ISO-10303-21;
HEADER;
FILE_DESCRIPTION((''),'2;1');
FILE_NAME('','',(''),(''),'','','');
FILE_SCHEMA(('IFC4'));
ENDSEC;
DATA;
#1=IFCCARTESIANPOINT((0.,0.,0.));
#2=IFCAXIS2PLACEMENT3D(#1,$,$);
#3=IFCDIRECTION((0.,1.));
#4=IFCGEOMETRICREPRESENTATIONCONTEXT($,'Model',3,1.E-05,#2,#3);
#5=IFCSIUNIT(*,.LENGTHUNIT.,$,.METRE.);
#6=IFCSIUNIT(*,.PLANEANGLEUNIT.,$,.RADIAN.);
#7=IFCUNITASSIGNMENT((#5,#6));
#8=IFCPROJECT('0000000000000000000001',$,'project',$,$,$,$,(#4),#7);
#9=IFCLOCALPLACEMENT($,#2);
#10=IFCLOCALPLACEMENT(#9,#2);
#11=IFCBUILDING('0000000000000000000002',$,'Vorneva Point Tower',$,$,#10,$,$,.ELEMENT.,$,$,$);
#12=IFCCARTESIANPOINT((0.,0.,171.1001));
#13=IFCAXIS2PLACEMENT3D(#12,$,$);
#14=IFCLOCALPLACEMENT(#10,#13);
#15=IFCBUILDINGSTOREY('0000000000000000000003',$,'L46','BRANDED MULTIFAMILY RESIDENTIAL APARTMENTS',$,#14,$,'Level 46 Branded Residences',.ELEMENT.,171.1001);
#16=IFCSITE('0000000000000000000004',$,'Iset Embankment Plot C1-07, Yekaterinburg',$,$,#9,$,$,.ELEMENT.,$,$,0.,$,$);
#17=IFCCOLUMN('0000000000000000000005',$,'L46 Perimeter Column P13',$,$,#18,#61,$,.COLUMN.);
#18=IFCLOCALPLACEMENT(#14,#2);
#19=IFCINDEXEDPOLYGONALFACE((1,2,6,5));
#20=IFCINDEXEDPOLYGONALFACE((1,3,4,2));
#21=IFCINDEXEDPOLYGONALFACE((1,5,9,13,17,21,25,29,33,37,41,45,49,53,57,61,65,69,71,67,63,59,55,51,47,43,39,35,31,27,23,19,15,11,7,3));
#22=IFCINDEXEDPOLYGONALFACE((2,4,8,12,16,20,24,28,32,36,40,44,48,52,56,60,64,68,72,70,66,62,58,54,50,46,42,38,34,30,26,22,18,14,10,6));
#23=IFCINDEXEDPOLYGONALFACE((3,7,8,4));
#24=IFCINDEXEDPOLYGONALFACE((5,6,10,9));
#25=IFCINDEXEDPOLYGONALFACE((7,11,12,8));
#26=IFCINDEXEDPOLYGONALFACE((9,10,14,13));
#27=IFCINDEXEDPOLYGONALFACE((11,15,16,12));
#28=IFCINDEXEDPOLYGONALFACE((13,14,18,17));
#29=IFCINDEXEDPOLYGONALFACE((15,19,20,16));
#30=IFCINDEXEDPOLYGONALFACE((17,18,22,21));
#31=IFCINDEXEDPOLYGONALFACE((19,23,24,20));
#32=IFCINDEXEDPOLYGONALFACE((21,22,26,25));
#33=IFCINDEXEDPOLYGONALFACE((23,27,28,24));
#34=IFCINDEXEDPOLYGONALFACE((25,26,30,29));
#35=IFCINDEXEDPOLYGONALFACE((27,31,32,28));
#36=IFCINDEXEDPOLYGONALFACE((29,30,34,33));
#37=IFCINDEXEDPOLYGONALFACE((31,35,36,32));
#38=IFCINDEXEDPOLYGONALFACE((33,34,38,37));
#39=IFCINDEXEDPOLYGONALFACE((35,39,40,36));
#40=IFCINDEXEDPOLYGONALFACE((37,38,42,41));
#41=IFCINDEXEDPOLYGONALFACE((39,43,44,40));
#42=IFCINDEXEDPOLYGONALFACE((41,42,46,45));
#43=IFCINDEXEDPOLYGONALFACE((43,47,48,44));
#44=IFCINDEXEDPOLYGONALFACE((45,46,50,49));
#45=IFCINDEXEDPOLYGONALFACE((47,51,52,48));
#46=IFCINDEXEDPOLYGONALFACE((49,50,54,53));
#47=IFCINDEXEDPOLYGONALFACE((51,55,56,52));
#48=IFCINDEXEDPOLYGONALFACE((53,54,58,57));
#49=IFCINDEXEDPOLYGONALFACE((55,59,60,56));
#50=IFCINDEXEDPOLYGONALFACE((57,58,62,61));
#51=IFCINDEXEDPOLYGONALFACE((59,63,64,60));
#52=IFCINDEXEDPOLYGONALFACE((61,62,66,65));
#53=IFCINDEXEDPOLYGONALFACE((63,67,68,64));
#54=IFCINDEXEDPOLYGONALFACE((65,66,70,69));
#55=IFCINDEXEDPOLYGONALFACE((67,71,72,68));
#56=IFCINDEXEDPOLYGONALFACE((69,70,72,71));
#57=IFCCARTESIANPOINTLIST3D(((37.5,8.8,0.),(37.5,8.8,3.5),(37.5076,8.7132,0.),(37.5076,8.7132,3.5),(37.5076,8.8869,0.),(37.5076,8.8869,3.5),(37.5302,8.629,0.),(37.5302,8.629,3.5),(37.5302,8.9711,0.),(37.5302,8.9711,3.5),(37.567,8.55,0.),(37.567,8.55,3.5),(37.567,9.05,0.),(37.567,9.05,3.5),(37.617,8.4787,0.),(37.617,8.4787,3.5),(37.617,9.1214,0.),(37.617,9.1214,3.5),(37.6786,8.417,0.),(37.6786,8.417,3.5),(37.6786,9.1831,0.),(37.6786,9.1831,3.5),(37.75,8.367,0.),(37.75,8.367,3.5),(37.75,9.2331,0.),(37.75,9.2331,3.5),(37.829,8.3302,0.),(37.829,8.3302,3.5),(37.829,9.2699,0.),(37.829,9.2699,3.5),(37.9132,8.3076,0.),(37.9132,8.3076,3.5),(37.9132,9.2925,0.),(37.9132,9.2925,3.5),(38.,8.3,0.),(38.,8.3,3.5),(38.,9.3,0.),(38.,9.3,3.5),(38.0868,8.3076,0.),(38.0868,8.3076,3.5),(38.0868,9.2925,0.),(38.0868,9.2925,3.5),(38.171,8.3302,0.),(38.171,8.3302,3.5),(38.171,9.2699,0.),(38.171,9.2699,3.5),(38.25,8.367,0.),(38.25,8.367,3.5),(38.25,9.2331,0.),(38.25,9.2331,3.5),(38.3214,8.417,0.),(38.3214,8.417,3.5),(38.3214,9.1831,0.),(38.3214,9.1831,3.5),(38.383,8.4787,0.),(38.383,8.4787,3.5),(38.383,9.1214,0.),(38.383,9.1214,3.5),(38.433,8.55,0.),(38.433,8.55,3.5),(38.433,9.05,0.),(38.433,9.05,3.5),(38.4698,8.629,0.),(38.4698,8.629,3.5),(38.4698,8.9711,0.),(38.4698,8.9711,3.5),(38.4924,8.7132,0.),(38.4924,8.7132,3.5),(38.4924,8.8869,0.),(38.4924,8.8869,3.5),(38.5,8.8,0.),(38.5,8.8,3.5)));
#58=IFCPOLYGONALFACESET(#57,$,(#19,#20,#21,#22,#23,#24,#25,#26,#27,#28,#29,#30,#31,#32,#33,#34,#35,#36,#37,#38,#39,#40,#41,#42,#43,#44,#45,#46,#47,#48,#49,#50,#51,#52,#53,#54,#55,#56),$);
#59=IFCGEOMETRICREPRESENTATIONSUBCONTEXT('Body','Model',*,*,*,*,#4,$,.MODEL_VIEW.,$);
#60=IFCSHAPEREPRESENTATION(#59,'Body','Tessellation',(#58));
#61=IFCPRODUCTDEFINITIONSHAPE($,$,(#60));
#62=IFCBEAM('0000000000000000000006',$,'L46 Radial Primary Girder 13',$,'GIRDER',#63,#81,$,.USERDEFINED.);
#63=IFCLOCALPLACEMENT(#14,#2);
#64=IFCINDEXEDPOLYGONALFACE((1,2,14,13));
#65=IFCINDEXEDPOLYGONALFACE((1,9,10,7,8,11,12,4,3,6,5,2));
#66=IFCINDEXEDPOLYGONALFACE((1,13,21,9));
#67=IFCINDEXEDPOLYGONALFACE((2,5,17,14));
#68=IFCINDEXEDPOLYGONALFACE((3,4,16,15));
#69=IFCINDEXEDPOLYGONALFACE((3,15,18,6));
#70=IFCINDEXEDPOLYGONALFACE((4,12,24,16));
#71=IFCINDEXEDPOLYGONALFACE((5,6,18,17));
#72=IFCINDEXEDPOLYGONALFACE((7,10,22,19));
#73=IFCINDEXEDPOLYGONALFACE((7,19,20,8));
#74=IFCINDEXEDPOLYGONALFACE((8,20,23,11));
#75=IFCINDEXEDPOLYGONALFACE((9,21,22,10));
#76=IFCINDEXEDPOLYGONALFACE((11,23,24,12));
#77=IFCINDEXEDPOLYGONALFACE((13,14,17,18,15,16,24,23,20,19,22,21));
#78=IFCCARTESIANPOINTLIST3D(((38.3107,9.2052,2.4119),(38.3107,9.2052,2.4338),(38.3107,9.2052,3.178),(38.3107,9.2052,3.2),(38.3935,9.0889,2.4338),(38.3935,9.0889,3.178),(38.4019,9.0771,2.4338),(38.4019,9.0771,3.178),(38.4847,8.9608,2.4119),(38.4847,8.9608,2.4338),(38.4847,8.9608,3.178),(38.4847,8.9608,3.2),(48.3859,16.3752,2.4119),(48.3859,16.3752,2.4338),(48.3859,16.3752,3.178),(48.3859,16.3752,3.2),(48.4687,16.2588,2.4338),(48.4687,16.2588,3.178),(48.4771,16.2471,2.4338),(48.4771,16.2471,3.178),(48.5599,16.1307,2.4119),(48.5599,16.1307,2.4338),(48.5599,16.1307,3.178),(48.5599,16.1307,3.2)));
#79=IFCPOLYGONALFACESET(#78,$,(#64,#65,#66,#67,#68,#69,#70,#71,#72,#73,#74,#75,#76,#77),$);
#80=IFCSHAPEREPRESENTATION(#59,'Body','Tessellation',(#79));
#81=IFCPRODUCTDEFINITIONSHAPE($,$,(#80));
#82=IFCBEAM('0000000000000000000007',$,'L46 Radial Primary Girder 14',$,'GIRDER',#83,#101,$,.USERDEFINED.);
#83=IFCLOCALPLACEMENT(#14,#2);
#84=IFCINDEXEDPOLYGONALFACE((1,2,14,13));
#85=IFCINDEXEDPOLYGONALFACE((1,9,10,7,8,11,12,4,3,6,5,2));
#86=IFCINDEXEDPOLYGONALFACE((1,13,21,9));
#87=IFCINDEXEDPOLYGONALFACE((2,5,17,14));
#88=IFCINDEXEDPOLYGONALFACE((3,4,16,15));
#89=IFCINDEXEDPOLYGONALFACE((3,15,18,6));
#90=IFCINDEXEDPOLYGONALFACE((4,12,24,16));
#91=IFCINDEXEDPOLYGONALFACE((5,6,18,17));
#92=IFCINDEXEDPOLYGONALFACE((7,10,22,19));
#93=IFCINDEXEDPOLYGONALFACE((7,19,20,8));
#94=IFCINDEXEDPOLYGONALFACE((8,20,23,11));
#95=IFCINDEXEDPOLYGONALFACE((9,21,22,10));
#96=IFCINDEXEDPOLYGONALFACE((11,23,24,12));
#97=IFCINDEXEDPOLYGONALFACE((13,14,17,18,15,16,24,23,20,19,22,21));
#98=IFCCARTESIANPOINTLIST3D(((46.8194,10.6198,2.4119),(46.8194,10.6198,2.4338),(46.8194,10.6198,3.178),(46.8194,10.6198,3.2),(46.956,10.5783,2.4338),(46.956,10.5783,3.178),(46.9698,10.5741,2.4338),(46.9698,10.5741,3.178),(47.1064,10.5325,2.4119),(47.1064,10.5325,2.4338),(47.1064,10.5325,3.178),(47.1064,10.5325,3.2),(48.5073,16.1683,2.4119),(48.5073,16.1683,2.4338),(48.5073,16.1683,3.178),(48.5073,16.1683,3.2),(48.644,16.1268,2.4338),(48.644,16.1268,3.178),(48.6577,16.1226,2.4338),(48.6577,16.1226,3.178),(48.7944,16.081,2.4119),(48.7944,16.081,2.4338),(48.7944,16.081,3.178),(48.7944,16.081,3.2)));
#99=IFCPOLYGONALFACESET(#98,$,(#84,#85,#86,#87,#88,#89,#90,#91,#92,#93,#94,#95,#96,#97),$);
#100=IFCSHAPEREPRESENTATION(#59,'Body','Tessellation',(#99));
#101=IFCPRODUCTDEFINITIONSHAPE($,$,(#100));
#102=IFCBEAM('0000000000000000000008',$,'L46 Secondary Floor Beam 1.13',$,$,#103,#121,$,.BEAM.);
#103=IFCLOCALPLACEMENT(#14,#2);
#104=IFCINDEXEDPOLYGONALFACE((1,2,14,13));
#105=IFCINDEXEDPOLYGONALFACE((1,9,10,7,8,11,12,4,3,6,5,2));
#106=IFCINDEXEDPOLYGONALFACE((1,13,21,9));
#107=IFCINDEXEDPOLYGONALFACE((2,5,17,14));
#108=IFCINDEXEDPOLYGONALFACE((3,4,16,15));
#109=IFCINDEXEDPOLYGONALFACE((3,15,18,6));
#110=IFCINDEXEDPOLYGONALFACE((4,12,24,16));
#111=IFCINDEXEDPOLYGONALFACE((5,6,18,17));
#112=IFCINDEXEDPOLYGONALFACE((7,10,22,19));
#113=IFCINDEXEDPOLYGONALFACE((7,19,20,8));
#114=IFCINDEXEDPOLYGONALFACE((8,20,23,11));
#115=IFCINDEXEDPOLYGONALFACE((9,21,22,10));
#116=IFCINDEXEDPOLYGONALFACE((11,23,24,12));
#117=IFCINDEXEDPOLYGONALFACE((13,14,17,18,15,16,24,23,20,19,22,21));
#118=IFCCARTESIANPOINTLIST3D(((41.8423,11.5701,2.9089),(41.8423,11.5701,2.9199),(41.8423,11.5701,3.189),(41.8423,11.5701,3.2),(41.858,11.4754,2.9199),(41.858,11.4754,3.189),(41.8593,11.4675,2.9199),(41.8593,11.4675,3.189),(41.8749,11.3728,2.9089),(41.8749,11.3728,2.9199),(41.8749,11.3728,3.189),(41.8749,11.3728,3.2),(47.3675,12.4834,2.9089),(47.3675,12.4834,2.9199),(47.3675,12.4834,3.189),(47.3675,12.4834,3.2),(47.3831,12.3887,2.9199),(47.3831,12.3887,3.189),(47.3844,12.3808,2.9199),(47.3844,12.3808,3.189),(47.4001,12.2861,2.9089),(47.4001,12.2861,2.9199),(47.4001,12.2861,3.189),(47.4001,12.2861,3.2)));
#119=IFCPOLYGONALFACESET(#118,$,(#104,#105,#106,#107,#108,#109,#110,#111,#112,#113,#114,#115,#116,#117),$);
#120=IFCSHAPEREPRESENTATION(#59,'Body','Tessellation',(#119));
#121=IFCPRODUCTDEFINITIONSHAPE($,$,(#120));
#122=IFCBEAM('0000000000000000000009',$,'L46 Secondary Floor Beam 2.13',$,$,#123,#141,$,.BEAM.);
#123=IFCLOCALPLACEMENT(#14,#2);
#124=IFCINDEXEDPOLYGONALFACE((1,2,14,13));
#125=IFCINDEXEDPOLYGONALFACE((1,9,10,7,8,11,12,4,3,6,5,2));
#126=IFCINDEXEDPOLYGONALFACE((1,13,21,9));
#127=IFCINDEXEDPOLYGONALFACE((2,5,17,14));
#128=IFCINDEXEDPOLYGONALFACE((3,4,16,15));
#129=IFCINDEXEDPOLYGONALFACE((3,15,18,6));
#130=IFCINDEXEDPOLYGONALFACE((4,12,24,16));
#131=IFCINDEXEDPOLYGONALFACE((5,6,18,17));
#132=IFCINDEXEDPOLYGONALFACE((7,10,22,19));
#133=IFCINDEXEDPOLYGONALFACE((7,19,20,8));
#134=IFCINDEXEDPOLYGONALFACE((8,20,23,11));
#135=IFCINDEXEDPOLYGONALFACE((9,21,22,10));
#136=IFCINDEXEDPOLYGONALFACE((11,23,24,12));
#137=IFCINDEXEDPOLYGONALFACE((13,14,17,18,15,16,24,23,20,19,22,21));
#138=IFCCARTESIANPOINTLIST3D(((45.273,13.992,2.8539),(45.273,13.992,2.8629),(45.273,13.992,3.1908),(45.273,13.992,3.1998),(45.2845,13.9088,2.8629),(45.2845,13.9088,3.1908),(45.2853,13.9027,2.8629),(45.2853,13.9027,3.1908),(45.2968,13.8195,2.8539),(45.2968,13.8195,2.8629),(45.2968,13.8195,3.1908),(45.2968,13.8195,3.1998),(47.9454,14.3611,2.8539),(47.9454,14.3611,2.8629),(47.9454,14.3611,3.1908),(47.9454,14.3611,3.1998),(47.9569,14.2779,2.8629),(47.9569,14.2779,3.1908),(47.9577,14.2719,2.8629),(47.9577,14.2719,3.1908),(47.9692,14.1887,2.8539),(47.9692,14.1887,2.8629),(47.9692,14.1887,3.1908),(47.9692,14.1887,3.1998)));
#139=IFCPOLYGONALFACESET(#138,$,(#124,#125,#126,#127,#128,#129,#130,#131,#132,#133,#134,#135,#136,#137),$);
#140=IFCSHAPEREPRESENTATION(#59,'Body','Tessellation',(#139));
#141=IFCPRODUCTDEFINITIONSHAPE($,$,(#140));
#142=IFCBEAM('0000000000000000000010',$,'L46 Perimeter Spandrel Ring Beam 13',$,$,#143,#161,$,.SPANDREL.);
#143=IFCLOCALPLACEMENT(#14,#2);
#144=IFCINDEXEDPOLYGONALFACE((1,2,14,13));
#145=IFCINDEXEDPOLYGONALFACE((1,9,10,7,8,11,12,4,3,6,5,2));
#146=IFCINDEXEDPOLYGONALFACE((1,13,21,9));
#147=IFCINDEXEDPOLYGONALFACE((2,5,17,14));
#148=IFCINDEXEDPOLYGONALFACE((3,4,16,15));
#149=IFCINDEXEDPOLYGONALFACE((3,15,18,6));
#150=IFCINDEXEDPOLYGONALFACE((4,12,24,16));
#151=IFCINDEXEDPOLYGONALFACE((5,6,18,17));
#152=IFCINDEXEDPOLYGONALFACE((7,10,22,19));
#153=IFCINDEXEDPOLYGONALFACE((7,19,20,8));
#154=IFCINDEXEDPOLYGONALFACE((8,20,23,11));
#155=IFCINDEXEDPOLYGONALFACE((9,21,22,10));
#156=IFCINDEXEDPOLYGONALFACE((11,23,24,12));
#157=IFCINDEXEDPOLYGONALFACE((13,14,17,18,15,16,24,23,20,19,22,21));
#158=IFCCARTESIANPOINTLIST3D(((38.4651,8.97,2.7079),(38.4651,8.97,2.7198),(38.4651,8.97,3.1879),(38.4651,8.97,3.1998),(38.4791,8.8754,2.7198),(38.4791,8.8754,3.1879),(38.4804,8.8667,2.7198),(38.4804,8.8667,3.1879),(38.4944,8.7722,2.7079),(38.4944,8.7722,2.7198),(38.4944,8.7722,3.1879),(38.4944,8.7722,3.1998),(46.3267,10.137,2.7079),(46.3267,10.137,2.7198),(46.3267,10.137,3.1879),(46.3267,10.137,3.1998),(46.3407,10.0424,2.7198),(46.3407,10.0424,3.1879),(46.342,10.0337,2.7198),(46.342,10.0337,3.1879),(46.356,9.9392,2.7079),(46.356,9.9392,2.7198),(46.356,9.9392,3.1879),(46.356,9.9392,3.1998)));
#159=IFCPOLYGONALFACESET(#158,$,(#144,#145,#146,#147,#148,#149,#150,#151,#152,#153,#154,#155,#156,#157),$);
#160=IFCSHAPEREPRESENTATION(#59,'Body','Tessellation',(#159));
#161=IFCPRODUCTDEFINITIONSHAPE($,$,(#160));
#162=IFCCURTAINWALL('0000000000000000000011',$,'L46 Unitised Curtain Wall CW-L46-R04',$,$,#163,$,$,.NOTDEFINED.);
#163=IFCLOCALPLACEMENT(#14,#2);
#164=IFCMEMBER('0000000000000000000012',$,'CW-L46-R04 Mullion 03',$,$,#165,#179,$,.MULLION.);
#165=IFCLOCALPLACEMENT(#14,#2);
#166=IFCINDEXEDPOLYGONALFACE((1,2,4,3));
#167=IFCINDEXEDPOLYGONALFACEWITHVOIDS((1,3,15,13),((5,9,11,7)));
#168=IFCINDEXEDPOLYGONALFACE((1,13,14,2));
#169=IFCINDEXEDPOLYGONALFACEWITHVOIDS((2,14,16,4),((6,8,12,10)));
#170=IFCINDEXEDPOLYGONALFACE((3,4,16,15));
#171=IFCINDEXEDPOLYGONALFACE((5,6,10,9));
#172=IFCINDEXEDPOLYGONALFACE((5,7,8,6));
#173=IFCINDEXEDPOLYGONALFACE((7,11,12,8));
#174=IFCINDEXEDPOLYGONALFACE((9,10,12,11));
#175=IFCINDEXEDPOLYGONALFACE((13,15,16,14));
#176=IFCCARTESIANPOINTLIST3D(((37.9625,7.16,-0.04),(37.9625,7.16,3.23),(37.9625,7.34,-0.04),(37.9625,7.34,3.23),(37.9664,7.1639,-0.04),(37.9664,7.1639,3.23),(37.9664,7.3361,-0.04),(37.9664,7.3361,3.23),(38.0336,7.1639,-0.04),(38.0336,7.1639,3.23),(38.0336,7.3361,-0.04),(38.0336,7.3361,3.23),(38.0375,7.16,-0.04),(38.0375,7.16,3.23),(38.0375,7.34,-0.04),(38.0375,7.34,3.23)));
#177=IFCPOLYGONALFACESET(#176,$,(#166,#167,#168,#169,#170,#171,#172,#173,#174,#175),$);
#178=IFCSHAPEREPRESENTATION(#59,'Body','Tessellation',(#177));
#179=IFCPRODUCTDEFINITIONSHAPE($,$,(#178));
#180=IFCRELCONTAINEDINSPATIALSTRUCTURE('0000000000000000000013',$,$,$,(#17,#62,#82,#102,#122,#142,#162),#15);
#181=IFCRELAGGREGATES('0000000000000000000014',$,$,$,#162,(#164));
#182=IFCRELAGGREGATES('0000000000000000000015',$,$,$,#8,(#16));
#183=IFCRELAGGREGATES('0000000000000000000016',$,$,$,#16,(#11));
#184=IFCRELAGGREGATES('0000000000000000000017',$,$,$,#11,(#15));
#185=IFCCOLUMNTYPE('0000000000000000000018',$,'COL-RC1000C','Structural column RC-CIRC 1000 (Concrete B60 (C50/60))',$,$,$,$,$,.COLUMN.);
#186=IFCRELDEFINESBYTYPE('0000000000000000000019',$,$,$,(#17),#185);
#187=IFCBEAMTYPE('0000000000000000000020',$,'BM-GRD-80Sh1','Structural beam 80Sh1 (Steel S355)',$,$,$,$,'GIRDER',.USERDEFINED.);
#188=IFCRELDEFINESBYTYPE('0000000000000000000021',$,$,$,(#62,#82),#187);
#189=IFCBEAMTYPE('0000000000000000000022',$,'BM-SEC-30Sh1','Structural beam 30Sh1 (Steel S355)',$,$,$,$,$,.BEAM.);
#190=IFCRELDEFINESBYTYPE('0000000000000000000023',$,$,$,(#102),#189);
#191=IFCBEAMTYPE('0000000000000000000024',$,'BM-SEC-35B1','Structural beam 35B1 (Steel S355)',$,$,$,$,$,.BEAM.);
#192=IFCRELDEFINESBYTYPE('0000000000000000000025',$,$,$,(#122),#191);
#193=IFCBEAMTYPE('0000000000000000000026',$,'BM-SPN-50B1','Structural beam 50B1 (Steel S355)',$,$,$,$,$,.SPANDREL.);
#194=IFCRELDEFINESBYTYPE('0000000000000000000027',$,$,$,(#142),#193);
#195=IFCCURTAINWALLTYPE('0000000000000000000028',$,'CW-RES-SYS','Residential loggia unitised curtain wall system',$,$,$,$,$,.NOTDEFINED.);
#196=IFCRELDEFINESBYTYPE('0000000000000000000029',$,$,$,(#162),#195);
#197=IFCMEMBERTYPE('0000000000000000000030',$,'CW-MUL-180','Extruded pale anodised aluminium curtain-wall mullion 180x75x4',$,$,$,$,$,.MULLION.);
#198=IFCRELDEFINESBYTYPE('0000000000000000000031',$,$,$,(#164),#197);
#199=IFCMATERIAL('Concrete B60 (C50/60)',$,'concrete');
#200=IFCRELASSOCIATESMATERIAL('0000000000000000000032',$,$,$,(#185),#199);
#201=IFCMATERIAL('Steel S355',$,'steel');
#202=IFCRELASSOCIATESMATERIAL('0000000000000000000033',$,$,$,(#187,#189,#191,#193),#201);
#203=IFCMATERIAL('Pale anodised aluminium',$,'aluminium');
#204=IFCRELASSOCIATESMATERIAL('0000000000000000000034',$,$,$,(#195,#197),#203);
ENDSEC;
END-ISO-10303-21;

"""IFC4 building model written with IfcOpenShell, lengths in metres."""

from ifc_helpers import new_model, si_unit, direction, frame, origin, origin_2d, place, context, subcontext, project, spatial, hollow_rectangle, circle, i_section, extrude, material, material_profile, profile_set, type_object, element, aggregate, save


model = new_model("IFC4")

# Units and contexts
model_context = context("Model", 3, precision=1e-05, world=origin(), true_north=direction((0.0, 1.0)))
body_context = subcontext(model_context, "Body", "Model", "MODEL_VIEW")
ifc_project = project(units=[si_unit("LENGTHUNIT", "METRE"), si_unit("PLANEANGLEUNIT", "RADIAN")], contexts=[model_context])

# Site, building, storey
site_placement = place(None, origin())
site = spatial("IfcSite", under=ifc_project, at=site_placement, Name="Iset Embankment Plot C1-07, Yekaterinburg", CompositionType="ELEMENT", RefElevation=0.0)
building_placement = place(site_placement, origin())
building = spatial("IfcBuilding", under=site, at=building_placement, Name="Vorneva Point Tower", CompositionType="ELEMENT")
storey_placement = place(building_placement, frame((0.0, 0.0, 171.1001)))
storey = spatial("IfcBuildingStorey", under=building, at=storey_placement, Name="L46", Description="BRANDED MULTIFAMILY RESIDENTIAL APARTMENTS", LongName="Level 46 Branded Residences", CompositionType="ELEMENT", Elevation=171.1001)

# Column
ifc_material_1 = material(Name="Concrete B60 (C50/60)", Category="concrete")
ifc_material_profile_1 = material_profile(ifc_material_1, circle(Radius=0.5, at=origin_2d()), Name="RC-CIRC 1000")
ifc_profile_set_1 = profile_set([ifc_material_profile_1], Name="Concrete B60 (C50/60)")
column_type = type_object("IfcColumnType", Name="COL-RC1000C", Description="Structural column RC-CIRC 1000 (Concrete B60 (C50/60))", PredefinedType="COLUMN", material=ifc_profile_set_1)
for number, where, z_axis, x_axis, name in (
    (1, (38.0, 8.8, 0.0), (0.0, 0.0, 1.0), (0.0, -1.0, 0.0), "L46 Perimeter Column P13"),
):
    element("IfcColumn", number, at=place(storey_placement, frame(where, z_axis=z_axis, x_axis=x_axis)), inside=storey, type_object=column_type, Name=name, PredefinedType="COLUMN", context=body_context, shape_type="SweptSolid", body=[
        extrude(circle(Radius=0.5, at=origin_2d()), origin(), (0.0, 0.0, 1.0), 3.5),
    ])

# Beams
ifc_material_2 = material(Name="Steel S355", Category="steel")
ifc_material_profile_2 = material_profile(ifc_material_2, i_section(OverallWidth=0.3, OverallDepth=0.7881, WebThickness=0.0144, FlangeThickness=0.022, at=origin_2d()), Name="80Sh1")
ifc_profile_set_2 = profile_set([ifc_material_profile_2], Name="Steel S355")
beam_type_1 = type_object("IfcBeamType", Name="BM-GRD-80Sh1", Description="Structural beam 80Sh1 (Steel S355)", ElementType="GIRDER", PredefinedType="USERDEFINED", material=ifc_profile_set_2)
beam_1_placement = place(storey_placement, frame((38.3977, 9.083, 2.8059), z_axis=(0.814751, 0.57981, 0.0), x_axis=(-0.57981, 0.814751, 0.0)))
element("IfcBeam", 2, at=beam_1_placement, inside=storey, type_object=beam_type_1, Name="L46 Radial Primary Girder 13", ObjectType="GIRDER", PredefinedType="USERDEFINED", context=body_context, shape_type="SweptSolid", body=[
    extrude(i_section(OverallWidth=0.3, OverallDepth=0.7881, WebThickness=0.0144, FlangeThickness=0.022, at=origin_2d()), origin(), (0.0, 0.0, 1.0), 12.366),
])
beam_2_placement = place(storey_placement, frame((46.9629, 10.5762, 2.8059), z_axis=(0.291049, 0.956708, 0.0), x_axis=(-0.956708, 0.291049, 0.0)))
element("IfcBeam", 3, at=beam_2_placement, inside=storey, type_object=beam_type_1, Name="L46 Radial Primary Girder 14", ObjectType="GIRDER", PredefinedType="USERDEFINED", context=body_context, shape_type="SweptSolid", body=[
    extrude(i_section(OverallWidth=0.3, OverallDepth=0.7881, WebThickness=0.0144, FlangeThickness=0.022, at=origin_2d()), origin(), (0.0, 0.0, 1.0), 5.7996),
])
ifc_material_profile_3 = material_profile(ifc_material_2, i_section(OverallWidth=0.2, OverallDepth=0.291, WebThickness=0.0081, FlangeThickness=0.011, at=origin_2d()), Name="30Sh1")
ifc_profile_set_3 = profile_set([ifc_material_profile_3], Name="Steel S355")
beam_type_2 = type_object("IfcBeamType", Name="BM-SEC-30Sh1", Description="Structural beam 30Sh1 (Steel S355)", PredefinedType="BEAM", material=ifc_profile_set_3)
beam_3_placement = place(storey_placement, frame((41.8586, 11.4714, 3.0544), z_axis=(0.986611, 0.163091, 0.0), x_axis=(-0.163091, 0.986611, 0.0)))
element("IfcBeam", 4, at=beam_3_placement, inside=storey, type_object=beam_type_2, Name="L46 Secondary Floor Beam 1.13", PredefinedType="BEAM", context=body_context, shape_type="SweptSolid", body=[
    extrude(i_section(OverallWidth=0.2, OverallDepth=0.291, WebThickness=0.0081, FlangeThickness=0.011, at=origin_2d()), origin(), (0.0, 0.0, 1.0), 5.6001),
])
ifc_material_profile_4 = material_profile(ifc_material_2, i_section(OverallWidth=0.1741, OverallDepth=0.3459, WebThickness=0.0061, FlangeThickness=0.009, at=origin_2d()), Name="35B1")
ifc_profile_set_4 = profile_set([ifc_material_profile_4], Name="Steel S355")
beam_type_3 = type_object("IfcBeamType", Name="BM-SEC-35B1", Description="Structural beam 35B1 (Steel S355)", PredefinedType="BEAM", material=ifc_profile_set_4)
beam_4_placement = place(storey_placement, frame((45.2849, 13.9058, 3.0269), z_axis=(0.990594, 0.136833, 0.0), x_axis=(-0.136833, 0.990594, 0.0)))
element("IfcBeam", 5, at=beam_4_placement, inside=storey, type_object=beam_type_3, Name="L46 Secondary Floor Beam 2.13", PredefinedType="BEAM", context=body_context, shape_type="SweptSolid", body=[
    extrude(i_section(OverallWidth=0.1741, OverallDepth=0.3459, WebThickness=0.0061, FlangeThickness=0.009, at=origin_2d()), origin(), (0.0, 0.0, 1.0), 2.6978),
])
ifc_material_profile_5 = material_profile(ifc_material_2, i_section(OverallWidth=0.2, OverallDepth=0.4919, WebThickness=0.0088, FlangeThickness=0.012, at=origin_2d()), Name="50B1")
ifc_profile_set_5 = profile_set([ifc_material_profile_5], Name="Steel S355")
beam_type_4 = type_object("IfcBeamType", Name="BM-SPN-50B1", Description="Structural beam 50B1 (Steel S355)", PredefinedType="SPANDREL", material=ifc_profile_set_5)
beam_5_placement = place(storey_placement, frame((38.4797, 8.8711, 2.9539), z_axis=(0.989161, 0.146834, 0.0), x_axis=(-0.146834, 0.989161, 0.0)))
element("IfcBeam", 6, at=beam_5_placement, inside=storey, type_object=beam_type_4, Name="L46 Perimeter Spandrel Ring Beam 13", PredefinedType="SPANDREL", context=body_context, shape_type="SweptSolid", body=[
    extrude(i_section(OverallWidth=0.2, OverallDepth=0.4919, WebThickness=0.0088, FlangeThickness=0.012, at=origin_2d()), origin(), (0.0, 0.0, 1.0), 7.9478),
])

# Curtain wall, member
ifc_material_3 = material(Name="Pale anodised aluminium", Category="aluminium")
curtain_wall_type = type_object("IfcCurtainWallType", Name="CW-RES-SYS", Description="Residential loggia unitised curtain wall system", PredefinedType="NOTDEFINED", material=ifc_material_3)
curtain_wall_placement = place(storey_placement, origin())
curtain_wall = element("IfcCurtainWall", 7, at=curtain_wall_placement, inside=storey, type_object=curtain_wall_type, Name="L46 Unitised Curtain Wall CW-L46-R04", PredefinedType="NOTDEFINED")
ifc_material_profile_6 = material_profile(ifc_material_3, hollow_rectangle(XDim=0.075, YDim=0.1799, WallThickness=0.0039, at=origin_2d()), Name="AL-MUL 180x75x4")
ifc_profile_set_6 = profile_set([ifc_material_profile_6], Name="Pale anodised aluminium")
member_type_1 = type_object("IfcMemberType", Name="CW-MUL-180", Description="Extruded pale anodised aluminium curtain-wall mullion 180x75x4", PredefinedType="MULLION", material=ifc_profile_set_6)
member_1_placement = place(storey_placement, frame((38.0, 7.25, -0.04), z_axis=(0.0, 0.0, 1.0), x_axis=(1.0, 0.0, 0.0)))
member_1 = element("IfcMember", 8, at=member_1_placement, type_object=member_type_1, Name="CW-L46-R04 Mullion 03", PredefinedType="MULLION", context=body_context, shape_type="SweptSolid", body=[
    extrude(hollow_rectangle(XDim=0.075, YDim=0.1799, WallThickness=0.0039, at=origin_2d()), origin(), (0.0, 0.0, 1.0), 3.27),
])
aggregate(curtain_wall, [member_1])

save(model, "model.ifc")
